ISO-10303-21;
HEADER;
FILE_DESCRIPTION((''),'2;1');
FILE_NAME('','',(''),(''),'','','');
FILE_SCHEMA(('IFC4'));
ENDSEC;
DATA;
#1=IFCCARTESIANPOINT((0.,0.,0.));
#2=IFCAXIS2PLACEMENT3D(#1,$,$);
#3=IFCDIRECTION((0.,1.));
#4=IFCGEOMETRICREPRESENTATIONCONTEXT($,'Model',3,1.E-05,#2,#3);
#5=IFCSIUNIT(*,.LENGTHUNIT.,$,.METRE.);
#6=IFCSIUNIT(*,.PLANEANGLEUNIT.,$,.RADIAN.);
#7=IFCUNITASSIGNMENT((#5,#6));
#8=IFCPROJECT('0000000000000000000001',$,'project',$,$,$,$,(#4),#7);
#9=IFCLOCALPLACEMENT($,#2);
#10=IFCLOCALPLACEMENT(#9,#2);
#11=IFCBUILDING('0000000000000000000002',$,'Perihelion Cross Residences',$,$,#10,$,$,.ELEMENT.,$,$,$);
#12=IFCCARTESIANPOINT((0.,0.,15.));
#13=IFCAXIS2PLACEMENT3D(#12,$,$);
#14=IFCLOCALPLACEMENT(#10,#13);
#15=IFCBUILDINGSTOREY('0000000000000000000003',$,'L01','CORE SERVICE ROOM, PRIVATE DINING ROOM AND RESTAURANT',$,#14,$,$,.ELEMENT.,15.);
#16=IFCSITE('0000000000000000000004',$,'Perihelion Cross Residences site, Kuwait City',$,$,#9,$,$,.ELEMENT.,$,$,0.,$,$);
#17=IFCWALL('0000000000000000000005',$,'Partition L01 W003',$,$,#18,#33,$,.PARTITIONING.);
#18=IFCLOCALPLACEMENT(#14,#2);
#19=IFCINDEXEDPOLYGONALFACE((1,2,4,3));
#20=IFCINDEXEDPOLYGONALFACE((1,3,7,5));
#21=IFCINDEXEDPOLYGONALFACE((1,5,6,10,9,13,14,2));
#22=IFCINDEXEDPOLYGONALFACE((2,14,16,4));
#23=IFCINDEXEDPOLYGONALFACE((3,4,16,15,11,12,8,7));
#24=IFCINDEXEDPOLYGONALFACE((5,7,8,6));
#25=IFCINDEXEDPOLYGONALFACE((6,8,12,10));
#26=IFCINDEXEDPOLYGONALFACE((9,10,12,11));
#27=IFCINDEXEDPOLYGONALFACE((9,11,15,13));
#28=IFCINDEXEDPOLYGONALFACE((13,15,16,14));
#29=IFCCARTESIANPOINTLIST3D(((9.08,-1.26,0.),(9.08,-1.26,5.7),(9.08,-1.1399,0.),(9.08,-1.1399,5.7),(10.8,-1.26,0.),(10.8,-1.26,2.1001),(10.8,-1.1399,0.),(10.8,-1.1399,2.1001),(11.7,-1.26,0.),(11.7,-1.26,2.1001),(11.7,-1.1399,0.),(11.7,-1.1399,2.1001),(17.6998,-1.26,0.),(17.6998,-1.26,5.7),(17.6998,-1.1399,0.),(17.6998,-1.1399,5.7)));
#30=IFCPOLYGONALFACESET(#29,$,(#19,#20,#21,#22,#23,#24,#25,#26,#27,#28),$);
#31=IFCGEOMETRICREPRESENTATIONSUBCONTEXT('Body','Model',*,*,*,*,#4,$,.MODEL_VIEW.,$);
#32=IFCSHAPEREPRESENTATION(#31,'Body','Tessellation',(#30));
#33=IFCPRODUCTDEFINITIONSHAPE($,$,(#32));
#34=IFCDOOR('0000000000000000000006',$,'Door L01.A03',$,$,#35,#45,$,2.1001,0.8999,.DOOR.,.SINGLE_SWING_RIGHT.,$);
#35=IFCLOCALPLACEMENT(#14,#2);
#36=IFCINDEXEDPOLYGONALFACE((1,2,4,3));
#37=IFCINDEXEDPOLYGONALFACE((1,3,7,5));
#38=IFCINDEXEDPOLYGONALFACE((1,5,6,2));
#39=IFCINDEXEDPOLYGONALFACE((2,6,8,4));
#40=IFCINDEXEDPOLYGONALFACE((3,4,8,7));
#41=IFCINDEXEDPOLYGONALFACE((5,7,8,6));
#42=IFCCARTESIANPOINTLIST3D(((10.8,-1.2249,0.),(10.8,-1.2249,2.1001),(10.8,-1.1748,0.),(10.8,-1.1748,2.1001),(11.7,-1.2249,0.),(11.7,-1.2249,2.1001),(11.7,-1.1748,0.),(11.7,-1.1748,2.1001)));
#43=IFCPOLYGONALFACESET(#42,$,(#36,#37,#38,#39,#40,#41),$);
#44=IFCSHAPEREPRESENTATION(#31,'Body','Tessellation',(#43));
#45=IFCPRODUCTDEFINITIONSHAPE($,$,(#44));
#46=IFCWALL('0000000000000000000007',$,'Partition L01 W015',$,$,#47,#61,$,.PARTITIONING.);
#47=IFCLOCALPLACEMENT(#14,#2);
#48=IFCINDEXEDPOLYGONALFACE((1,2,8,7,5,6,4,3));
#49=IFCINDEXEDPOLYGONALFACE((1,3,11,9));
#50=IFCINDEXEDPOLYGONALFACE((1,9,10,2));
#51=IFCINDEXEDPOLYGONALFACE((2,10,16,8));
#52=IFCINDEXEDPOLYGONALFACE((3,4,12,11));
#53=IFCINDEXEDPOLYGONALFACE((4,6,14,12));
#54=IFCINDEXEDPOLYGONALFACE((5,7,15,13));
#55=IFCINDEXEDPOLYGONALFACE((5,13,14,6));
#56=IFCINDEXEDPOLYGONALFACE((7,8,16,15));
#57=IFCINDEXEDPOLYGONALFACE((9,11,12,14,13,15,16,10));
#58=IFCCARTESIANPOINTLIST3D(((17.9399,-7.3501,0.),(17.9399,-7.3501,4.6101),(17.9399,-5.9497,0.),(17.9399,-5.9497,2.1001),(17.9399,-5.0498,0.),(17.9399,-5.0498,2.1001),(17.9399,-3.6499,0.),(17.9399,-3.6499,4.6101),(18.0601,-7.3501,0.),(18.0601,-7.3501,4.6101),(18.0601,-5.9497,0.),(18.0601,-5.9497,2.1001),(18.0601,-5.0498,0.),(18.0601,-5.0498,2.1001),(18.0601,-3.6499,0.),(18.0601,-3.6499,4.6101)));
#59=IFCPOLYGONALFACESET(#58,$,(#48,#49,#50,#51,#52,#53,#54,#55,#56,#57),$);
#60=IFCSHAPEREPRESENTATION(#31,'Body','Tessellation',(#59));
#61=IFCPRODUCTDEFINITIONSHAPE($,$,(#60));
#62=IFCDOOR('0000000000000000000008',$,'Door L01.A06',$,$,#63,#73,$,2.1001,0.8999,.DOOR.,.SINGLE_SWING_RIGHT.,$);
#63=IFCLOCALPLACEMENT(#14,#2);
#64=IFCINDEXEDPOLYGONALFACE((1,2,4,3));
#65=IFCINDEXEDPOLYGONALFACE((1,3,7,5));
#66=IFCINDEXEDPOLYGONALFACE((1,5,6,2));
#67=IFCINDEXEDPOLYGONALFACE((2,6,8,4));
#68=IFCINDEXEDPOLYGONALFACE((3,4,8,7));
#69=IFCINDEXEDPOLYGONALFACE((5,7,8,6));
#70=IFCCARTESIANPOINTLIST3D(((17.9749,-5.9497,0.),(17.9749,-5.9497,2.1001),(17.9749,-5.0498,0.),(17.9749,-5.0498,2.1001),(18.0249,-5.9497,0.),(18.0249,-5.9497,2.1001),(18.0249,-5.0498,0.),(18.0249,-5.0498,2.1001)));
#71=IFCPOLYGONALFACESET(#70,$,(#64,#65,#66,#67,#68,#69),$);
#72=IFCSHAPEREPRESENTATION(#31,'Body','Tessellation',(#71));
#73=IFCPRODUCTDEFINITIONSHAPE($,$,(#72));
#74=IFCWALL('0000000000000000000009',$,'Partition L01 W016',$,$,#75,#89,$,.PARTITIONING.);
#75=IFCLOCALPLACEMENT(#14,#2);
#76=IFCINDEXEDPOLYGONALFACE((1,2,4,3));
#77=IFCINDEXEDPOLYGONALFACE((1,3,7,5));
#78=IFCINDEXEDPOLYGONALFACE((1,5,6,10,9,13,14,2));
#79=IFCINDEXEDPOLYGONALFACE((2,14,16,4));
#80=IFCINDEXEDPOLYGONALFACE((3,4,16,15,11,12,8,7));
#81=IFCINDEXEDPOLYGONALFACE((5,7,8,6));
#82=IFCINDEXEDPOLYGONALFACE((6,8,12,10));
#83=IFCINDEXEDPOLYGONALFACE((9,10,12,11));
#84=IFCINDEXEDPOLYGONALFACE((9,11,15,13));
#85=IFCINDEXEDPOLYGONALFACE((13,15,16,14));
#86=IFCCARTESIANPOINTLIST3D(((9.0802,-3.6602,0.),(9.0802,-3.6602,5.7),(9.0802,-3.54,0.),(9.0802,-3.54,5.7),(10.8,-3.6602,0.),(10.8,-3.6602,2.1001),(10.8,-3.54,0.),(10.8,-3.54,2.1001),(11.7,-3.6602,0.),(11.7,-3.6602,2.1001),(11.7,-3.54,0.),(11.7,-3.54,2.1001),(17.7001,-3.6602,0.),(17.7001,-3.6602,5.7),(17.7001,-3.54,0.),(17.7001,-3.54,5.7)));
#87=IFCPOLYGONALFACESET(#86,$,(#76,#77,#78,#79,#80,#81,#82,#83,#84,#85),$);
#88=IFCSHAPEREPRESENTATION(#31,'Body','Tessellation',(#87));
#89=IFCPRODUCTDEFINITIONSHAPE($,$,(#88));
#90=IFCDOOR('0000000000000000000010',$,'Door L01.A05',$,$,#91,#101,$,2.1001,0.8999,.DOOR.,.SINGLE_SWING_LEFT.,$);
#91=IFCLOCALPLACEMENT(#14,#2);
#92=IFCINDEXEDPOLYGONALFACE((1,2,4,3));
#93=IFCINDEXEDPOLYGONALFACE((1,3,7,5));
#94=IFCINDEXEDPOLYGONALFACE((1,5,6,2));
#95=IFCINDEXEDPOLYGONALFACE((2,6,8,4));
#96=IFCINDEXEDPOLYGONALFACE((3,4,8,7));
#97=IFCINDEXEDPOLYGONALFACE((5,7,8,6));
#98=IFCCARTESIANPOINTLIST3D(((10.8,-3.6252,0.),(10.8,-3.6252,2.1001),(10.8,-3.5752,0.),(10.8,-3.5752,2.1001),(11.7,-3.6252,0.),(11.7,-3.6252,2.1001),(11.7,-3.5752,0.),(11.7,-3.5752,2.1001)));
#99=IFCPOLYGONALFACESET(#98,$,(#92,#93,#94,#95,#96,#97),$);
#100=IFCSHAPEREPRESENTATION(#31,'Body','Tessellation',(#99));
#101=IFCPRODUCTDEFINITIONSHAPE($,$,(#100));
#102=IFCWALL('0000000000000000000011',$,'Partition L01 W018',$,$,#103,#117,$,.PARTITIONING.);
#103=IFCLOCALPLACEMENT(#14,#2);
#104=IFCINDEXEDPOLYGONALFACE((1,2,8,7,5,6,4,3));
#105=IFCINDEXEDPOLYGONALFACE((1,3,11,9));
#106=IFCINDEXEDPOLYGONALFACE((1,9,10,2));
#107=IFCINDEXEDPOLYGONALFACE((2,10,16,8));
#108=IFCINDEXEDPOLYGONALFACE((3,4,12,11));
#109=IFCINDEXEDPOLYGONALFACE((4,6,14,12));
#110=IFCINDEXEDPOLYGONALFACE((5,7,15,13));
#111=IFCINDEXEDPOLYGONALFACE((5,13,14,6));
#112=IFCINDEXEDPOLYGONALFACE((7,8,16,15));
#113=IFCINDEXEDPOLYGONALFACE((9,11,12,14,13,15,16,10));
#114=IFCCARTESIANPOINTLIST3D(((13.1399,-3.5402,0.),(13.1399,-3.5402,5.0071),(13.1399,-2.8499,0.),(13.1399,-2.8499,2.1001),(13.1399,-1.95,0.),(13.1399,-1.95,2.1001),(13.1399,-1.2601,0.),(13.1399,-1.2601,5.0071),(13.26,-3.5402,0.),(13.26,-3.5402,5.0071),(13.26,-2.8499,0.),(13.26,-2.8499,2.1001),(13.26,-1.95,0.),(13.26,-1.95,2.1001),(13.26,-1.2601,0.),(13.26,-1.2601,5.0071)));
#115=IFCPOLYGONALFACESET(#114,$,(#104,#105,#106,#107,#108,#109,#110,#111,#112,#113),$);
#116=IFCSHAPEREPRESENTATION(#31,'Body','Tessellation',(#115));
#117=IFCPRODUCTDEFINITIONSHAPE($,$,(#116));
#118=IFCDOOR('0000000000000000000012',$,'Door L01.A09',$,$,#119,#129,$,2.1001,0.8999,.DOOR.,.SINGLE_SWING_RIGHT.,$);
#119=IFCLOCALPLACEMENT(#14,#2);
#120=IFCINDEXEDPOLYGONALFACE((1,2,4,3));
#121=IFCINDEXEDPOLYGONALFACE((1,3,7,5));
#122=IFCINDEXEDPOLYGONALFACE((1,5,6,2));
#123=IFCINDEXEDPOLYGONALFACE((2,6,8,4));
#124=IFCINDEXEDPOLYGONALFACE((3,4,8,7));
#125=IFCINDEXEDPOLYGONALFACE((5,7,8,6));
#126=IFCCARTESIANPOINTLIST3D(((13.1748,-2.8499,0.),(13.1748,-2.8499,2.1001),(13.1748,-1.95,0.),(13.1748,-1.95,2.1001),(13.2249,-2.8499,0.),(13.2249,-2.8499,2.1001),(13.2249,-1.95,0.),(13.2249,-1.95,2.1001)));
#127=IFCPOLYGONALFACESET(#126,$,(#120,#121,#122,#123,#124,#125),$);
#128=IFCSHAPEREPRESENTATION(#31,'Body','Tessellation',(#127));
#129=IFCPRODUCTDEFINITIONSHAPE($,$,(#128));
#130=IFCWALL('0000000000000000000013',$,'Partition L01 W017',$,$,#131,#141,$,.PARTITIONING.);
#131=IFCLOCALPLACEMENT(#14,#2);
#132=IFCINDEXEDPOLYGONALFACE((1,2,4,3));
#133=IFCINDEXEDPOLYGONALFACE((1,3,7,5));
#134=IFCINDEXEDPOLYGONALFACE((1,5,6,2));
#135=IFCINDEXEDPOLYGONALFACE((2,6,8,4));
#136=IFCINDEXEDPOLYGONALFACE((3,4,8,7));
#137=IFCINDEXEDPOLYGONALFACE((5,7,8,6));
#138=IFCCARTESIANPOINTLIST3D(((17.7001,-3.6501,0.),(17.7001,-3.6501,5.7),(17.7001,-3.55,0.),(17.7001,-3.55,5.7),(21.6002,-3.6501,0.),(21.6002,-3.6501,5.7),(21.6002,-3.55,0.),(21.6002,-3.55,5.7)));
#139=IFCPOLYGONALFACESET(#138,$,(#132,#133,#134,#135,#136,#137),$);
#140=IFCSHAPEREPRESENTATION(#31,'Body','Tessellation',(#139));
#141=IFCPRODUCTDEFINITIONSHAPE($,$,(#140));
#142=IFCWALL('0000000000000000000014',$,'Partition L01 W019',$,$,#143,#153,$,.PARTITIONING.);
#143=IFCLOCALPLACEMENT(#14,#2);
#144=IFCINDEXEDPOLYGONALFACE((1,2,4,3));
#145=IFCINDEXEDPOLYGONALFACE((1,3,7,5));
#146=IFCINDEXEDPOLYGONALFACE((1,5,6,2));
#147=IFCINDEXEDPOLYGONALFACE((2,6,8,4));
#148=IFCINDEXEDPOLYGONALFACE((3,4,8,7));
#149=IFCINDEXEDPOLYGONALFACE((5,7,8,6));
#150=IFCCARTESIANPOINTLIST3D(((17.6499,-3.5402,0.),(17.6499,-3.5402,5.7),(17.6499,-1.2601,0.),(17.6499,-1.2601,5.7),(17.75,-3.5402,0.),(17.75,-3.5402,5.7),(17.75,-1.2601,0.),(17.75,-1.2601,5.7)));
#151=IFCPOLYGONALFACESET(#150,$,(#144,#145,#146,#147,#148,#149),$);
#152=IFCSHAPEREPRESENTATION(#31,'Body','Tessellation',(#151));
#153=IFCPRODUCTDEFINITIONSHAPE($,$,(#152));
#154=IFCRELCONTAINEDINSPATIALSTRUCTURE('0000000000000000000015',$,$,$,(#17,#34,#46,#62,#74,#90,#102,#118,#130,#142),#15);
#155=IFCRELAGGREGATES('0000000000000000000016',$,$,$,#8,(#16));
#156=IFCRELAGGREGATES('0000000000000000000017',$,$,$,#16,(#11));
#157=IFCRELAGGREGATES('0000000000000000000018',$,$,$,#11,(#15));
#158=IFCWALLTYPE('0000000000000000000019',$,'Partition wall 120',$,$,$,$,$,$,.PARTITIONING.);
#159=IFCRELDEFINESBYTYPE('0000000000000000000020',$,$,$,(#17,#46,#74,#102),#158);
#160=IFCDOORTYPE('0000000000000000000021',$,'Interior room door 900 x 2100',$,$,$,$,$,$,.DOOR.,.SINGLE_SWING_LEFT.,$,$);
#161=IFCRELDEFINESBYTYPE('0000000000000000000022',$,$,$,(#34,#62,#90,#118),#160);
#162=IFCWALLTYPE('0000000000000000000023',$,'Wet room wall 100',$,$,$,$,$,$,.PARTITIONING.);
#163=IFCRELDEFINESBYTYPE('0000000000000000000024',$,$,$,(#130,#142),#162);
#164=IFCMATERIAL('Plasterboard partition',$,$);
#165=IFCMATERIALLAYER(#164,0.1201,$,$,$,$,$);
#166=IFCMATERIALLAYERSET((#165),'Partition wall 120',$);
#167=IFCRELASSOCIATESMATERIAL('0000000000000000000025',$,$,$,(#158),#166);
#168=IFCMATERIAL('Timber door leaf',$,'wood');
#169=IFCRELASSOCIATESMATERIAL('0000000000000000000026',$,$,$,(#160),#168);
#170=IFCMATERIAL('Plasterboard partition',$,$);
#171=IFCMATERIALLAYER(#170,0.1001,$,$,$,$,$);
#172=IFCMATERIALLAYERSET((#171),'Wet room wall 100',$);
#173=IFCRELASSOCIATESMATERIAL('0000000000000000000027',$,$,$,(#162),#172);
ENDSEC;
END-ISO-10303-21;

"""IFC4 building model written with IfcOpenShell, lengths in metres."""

from ifc_helpers import new_model, si_unit, direction, frame, frame_2d, origin, place, context, subcontext, project, spatial, rectangle, extrude, material, layer, layer_set, type_object, element, fill, save


model = new_model("IFC4")

# Units and contexts
model_context = context("Model", 3, precision=1e-05, world=origin(), true_north=direction((0.0, 1.0)))
body_context = subcontext(model_context, "Body", "Model", "MODEL_VIEW")
ifc_project = project(units=[si_unit("LENGTHUNIT", "METRE"), si_unit("PLANEANGLEUNIT", "RADIAN")], contexts=[model_context])

# Site, building, storey
site_placement = place(None, origin())
site = spatial("IfcSite", under=ifc_project, at=site_placement, Name="Perihelion Cross Residences site, Kuwait City", CompositionType="ELEMENT", RefElevation=0.0)
building_placement = place(site_placement, origin())
building = spatial("IfcBuilding", under=site, at=building_placement, Name="Perihelion Cross Residences", CompositionType="ELEMENT")
storey_placement = place(building_placement, frame((0.0, 0.0, 15.0)))
storey = spatial("IfcBuildingStorey", under=building, at=storey_placement, Name="L01", Description="CORE SERVICE ROOM, PRIVATE DINING ROOM AND RESTAURANT", CompositionType="ELEMENT", Elevation=15.0)

# Walls, openings, doors
ifc_material_1 = material(Name="Plasterboard partition")
ifc_layer_1 = layer(ifc_material_1, 0.1201)
ifc_layer_set_1 = layer_set([ifc_layer_1], Name="Partition wall 120")
wall_type_1 = type_object("IfcWallType", Name="Partition wall 120", PredefinedType="PARTITIONING", material=ifc_layer_set_1)
wall_1_placement = place(storey_placement, frame((17.7, -1.2, 0.0), z_axis=(0.0, 0.0, 1.0), x_axis=(-1.0, 0.0, 0.0)))
wall_1 = element("IfcWall", 1, at=wall_1_placement, inside=storey, type_object=wall_type_1, Name="Partition L01 W003", PredefinedType="PARTITIONING", context=body_context, shape_type="SweptSolid", body=[
    extrude(rectangle(XDim=8.6199, YDim=0.1201, at=frame_2d((4.3101, 0.0))), origin(), (0.0, 0.0, 1.0), 5.7),
])
opening_1_placement = place(wall_1_placement, frame((6.0, 0.0, 0.0)))
opening_1 = element("IfcOpeningElement", 2, at=opening_1_placement, cuts=wall_1, PredefinedType="OPENING", context=body_context, shape_type="SweptSolid", body=[
    extrude(rectangle(XDim=0.8999, YDim=2.1001, at=frame_2d((0.45, 1.05))), frame((0.0, 0.0701, 0.0), z_axis=(0.0, -1.0, 0.0), x_axis=(1.0, 0.0, 0.0)), (0.0, 0.0, 1.0), 0.1401),
])
ifc_material_2 = material(Name="Timber door leaf", Category="wood")
door_type = type_object("IfcDoorType", Name="Interior room door 900 x 2100", OperationType="SINGLE_SWING_LEFT", PredefinedType="DOOR", material=ifc_material_2)
door_1_placement = place(opening_1_placement, origin())
door_1 = element("IfcDoor", 3, at=door_1_placement, inside=storey, type_object=door_type, Name="Door L01.A03", OperationType="SINGLE_SWING_RIGHT", OverallHeight=2.1001, OverallWidth=0.8999, PredefinedType="DOOR", context=body_context, shape_type="SweptSolid", body=[
    extrude(rectangle(XDim=0.8999, YDim=2.1001, at=frame_2d((0.45, 1.05))), frame((0.0, 0.0249, 0.0), z_axis=(0.0, -1.0, 0.0), x_axis=(1.0, 0.0, 0.0)), (0.0, 0.0, 1.0), 0.05),
])
fill(opening_1, door_1)
wall_2_placement = place(storey_placement, frame((18.0, -3.6499, 0.0), z_axis=(0.0, 0.0, 1.0), x_axis=(0.0, -1.0, 0.0)))
wall_2 = element("IfcWall", 4, at=wall_2_placement, inside=storey, type_object=wall_type_1, Name="Partition L01 W015", PredefinedType="PARTITIONING", context=body_context, shape_type="SweptSolid", body=[
    extrude(rectangle(XDim=3.7002, YDim=0.1201, at=frame_2d((1.8501, 0.0))), origin(), (0.0, 0.0, 1.0), 4.6101),
])
opening_2_placement = place(wall_2_placement, frame((1.3999, 0.0, 0.0)))
opening_2 = element("IfcOpeningElement", 5, at=opening_2_placement, cuts=wall_2, PredefinedType="OPENING", context=body_context, shape_type="SweptSolid", body=[
    extrude(rectangle(XDim=0.8999, YDim=2.1001, at=frame_2d((0.45, 1.05))), frame((0.0, 0.0701, 0.0), z_axis=(0.0, -1.0, 0.0), x_axis=(1.0, 0.0, 0.0)), (0.0, 0.0, 1.0), 0.1401),
])
door_2_placement = place(opening_2_placement, origin())
door_2 = element("IfcDoor", 6, at=door_2_placement, inside=storey, type_object=door_type, Name="Door L01.A06", OperationType="SINGLE_SWING_RIGHT", OverallHeight=2.1001, OverallWidth=0.8999, PredefinedType="DOOR", context=body_context, shape_type="SweptSolid", body=[
    extrude(rectangle(XDim=0.8999, YDim=2.1001, at=frame_2d((0.45, 1.05))), frame((0.0, 0.0249, 0.0), z_axis=(0.0, -1.0, 0.0), x_axis=(1.0, 0.0, 0.0)), (0.0, 0.0, 1.0), 0.05),
])
fill(opening_2, door_2)
wall_3_placement = place(storey_placement, frame((9.0801, -3.6001, 0.0), z_axis=(0.0, 0.0, 1.0), x_axis=(1.0, 0.0, 0.0)))
wall_3 = element("IfcWall", 7, at=wall_3_placement, inside=storey, type_object=wall_type_1, Name="Partition L01 W016", PredefinedType="PARTITIONING", context=body_context, shape_type="SweptSolid", body=[
    extrude(rectangle(XDim=8.6199, YDim=0.1201, at=frame_2d((4.3101, 0.0))), origin(), (0.0, 0.0, 1.0), 5.7),
])
opening_3_placement = place(wall_3_placement, frame((1.72, 0.0, 0.0)))
opening_3 = element("IfcOpeningElement", 8, at=opening_3_placement, cuts=wall_3, PredefinedType="OPENING", context=body_context, shape_type="SweptSolid", body=[
    extrude(rectangle(XDim=0.8999, YDim=2.1001, at=frame_2d((0.45, 1.05))), frame((0.0, 0.0701, 0.0), z_axis=(0.0, -1.0, 0.0), x_axis=(1.0, 0.0, 0.0)), (0.0, 0.0, 1.0), 0.1401),
])
door_3_placement = place(opening_3_placement, origin())
door_3 = element("IfcDoor", 9, at=door_3_placement, inside=storey, type_object=door_type, Name="Door L01.A05", OperationType="SINGLE_SWING_LEFT", OverallHeight=2.1001, OverallWidth=0.8999, PredefinedType="DOOR", context=body_context, shape_type="SweptSolid", body=[
    extrude(rectangle(XDim=0.8999, YDim=2.1001, at=frame_2d((0.45, 1.05))), frame((0.0, 0.0249, 0.0), z_axis=(0.0, -1.0, 0.0), x_axis=(1.0, 0.0, 0.0)), (0.0, 0.0, 1.0), 0.05),
])
fill(opening_3, door_3)
wall_4_placement = place(storey_placement, frame((13.2, -1.26, 0.0), z_axis=(0.0, 0.0, 1.0), x_axis=(0.0, -1.0, 0.0)))
wall_4 = element("IfcWall", 10, at=wall_4_placement, inside=storey, type_object=wall_type_1, Name="Partition L01 W018", PredefinedType="PARTITIONING", context=body_context, shape_type="SweptSolid", body=[
    extrude(rectangle(XDim=2.28, YDim=0.1201, at=frame_2d((1.1401, 0.0))), origin(), (0.0, 0.0, 1.0), 5.0071),
])
opening_4_placement = place(wall_4_placement, frame((0.6899, 0.0, 0.0)))
opening_4 = element("IfcOpeningElement", 11, at=opening_4_placement, cuts=wall_4, PredefinedType="OPENING", context=body_context, shape_type="SweptSolid", body=[
    extrude(rectangle(XDim=0.8999, YDim=2.1001, at=frame_2d((0.45, 1.05))), frame((0.0, 0.0701, 0.0), z_axis=(0.0, -1.0, 0.0), x_axis=(1.0, 0.0, 0.0)), (0.0, 0.0, 1.0), 0.1401),
])
door_4_placement = place(opening_4_placement, origin())
door_4 = element("IfcDoor", 12, at=door_4_placement, inside=storey, type_object=door_type, Name="Door L01.A09", OperationType="SINGLE_SWING_RIGHT", OverallHeight=2.1001, OverallWidth=0.8999, PredefinedType="DOOR", context=body_context, shape_type="SweptSolid", body=[
    extrude(rectangle(XDim=0.8999, YDim=2.1001, at=frame_2d((0.45, 1.05))), frame((0.0, 0.0249, 0.0), z_axis=(0.0, -1.0, 0.0), x_axis=(1.0, 0.0, 0.0)), (0.0, 0.0, 1.0), 0.05),
])
fill(opening_4, door_4)

# Walls
ifc_material_3 = material(Name="Plasterboard partition")
ifc_layer_2 = layer(ifc_material_3, 0.1001)
ifc_layer_set_2 = layer_set([ifc_layer_2], Name="Wet room wall 100")
wall_type_2 = type_object("IfcWallType", Name="Wet room wall 100", PredefinedType="PARTITIONING", material=ifc_layer_set_2)
wall_5_placement = place(storey_placement, frame((17.7, -3.6001, 0.0), z_axis=(0.0, 0.0, 1.0), x_axis=(1.0, 0.0, 0.0)))
element("IfcWall", 13, at=wall_5_placement, inside=storey, type_object=wall_type_2, Name="Partition L01 W017", PredefinedType="PARTITIONING", context=body_context, shape_type="SweptSolid", body=[
    extrude(rectangle(XDim=3.9001, YDim=0.1001, at=frame_2d((1.9502, 0.0))), origin(), (0.0, 0.0, 1.0), 5.7),
])
wall_6_placement = place(storey_placement, frame((17.7, -1.26, 0.0), z_axis=(0.0, 0.0, 1.0), x_axis=(0.0, -1.0, 0.0)))
element("IfcWall", 14, at=wall_6_placement, inside=storey, type_object=wall_type_2, Name="Partition L01 W019", PredefinedType="PARTITIONING", context=body_context, shape_type="SweptSolid", body=[
    extrude(rectangle(XDim=2.28, YDim=0.1001, at=frame_2d((1.1401, 0.0))), origin(), (0.0, 0.0, 1.0), 5.7),
])

save(model, "model.ifc")
